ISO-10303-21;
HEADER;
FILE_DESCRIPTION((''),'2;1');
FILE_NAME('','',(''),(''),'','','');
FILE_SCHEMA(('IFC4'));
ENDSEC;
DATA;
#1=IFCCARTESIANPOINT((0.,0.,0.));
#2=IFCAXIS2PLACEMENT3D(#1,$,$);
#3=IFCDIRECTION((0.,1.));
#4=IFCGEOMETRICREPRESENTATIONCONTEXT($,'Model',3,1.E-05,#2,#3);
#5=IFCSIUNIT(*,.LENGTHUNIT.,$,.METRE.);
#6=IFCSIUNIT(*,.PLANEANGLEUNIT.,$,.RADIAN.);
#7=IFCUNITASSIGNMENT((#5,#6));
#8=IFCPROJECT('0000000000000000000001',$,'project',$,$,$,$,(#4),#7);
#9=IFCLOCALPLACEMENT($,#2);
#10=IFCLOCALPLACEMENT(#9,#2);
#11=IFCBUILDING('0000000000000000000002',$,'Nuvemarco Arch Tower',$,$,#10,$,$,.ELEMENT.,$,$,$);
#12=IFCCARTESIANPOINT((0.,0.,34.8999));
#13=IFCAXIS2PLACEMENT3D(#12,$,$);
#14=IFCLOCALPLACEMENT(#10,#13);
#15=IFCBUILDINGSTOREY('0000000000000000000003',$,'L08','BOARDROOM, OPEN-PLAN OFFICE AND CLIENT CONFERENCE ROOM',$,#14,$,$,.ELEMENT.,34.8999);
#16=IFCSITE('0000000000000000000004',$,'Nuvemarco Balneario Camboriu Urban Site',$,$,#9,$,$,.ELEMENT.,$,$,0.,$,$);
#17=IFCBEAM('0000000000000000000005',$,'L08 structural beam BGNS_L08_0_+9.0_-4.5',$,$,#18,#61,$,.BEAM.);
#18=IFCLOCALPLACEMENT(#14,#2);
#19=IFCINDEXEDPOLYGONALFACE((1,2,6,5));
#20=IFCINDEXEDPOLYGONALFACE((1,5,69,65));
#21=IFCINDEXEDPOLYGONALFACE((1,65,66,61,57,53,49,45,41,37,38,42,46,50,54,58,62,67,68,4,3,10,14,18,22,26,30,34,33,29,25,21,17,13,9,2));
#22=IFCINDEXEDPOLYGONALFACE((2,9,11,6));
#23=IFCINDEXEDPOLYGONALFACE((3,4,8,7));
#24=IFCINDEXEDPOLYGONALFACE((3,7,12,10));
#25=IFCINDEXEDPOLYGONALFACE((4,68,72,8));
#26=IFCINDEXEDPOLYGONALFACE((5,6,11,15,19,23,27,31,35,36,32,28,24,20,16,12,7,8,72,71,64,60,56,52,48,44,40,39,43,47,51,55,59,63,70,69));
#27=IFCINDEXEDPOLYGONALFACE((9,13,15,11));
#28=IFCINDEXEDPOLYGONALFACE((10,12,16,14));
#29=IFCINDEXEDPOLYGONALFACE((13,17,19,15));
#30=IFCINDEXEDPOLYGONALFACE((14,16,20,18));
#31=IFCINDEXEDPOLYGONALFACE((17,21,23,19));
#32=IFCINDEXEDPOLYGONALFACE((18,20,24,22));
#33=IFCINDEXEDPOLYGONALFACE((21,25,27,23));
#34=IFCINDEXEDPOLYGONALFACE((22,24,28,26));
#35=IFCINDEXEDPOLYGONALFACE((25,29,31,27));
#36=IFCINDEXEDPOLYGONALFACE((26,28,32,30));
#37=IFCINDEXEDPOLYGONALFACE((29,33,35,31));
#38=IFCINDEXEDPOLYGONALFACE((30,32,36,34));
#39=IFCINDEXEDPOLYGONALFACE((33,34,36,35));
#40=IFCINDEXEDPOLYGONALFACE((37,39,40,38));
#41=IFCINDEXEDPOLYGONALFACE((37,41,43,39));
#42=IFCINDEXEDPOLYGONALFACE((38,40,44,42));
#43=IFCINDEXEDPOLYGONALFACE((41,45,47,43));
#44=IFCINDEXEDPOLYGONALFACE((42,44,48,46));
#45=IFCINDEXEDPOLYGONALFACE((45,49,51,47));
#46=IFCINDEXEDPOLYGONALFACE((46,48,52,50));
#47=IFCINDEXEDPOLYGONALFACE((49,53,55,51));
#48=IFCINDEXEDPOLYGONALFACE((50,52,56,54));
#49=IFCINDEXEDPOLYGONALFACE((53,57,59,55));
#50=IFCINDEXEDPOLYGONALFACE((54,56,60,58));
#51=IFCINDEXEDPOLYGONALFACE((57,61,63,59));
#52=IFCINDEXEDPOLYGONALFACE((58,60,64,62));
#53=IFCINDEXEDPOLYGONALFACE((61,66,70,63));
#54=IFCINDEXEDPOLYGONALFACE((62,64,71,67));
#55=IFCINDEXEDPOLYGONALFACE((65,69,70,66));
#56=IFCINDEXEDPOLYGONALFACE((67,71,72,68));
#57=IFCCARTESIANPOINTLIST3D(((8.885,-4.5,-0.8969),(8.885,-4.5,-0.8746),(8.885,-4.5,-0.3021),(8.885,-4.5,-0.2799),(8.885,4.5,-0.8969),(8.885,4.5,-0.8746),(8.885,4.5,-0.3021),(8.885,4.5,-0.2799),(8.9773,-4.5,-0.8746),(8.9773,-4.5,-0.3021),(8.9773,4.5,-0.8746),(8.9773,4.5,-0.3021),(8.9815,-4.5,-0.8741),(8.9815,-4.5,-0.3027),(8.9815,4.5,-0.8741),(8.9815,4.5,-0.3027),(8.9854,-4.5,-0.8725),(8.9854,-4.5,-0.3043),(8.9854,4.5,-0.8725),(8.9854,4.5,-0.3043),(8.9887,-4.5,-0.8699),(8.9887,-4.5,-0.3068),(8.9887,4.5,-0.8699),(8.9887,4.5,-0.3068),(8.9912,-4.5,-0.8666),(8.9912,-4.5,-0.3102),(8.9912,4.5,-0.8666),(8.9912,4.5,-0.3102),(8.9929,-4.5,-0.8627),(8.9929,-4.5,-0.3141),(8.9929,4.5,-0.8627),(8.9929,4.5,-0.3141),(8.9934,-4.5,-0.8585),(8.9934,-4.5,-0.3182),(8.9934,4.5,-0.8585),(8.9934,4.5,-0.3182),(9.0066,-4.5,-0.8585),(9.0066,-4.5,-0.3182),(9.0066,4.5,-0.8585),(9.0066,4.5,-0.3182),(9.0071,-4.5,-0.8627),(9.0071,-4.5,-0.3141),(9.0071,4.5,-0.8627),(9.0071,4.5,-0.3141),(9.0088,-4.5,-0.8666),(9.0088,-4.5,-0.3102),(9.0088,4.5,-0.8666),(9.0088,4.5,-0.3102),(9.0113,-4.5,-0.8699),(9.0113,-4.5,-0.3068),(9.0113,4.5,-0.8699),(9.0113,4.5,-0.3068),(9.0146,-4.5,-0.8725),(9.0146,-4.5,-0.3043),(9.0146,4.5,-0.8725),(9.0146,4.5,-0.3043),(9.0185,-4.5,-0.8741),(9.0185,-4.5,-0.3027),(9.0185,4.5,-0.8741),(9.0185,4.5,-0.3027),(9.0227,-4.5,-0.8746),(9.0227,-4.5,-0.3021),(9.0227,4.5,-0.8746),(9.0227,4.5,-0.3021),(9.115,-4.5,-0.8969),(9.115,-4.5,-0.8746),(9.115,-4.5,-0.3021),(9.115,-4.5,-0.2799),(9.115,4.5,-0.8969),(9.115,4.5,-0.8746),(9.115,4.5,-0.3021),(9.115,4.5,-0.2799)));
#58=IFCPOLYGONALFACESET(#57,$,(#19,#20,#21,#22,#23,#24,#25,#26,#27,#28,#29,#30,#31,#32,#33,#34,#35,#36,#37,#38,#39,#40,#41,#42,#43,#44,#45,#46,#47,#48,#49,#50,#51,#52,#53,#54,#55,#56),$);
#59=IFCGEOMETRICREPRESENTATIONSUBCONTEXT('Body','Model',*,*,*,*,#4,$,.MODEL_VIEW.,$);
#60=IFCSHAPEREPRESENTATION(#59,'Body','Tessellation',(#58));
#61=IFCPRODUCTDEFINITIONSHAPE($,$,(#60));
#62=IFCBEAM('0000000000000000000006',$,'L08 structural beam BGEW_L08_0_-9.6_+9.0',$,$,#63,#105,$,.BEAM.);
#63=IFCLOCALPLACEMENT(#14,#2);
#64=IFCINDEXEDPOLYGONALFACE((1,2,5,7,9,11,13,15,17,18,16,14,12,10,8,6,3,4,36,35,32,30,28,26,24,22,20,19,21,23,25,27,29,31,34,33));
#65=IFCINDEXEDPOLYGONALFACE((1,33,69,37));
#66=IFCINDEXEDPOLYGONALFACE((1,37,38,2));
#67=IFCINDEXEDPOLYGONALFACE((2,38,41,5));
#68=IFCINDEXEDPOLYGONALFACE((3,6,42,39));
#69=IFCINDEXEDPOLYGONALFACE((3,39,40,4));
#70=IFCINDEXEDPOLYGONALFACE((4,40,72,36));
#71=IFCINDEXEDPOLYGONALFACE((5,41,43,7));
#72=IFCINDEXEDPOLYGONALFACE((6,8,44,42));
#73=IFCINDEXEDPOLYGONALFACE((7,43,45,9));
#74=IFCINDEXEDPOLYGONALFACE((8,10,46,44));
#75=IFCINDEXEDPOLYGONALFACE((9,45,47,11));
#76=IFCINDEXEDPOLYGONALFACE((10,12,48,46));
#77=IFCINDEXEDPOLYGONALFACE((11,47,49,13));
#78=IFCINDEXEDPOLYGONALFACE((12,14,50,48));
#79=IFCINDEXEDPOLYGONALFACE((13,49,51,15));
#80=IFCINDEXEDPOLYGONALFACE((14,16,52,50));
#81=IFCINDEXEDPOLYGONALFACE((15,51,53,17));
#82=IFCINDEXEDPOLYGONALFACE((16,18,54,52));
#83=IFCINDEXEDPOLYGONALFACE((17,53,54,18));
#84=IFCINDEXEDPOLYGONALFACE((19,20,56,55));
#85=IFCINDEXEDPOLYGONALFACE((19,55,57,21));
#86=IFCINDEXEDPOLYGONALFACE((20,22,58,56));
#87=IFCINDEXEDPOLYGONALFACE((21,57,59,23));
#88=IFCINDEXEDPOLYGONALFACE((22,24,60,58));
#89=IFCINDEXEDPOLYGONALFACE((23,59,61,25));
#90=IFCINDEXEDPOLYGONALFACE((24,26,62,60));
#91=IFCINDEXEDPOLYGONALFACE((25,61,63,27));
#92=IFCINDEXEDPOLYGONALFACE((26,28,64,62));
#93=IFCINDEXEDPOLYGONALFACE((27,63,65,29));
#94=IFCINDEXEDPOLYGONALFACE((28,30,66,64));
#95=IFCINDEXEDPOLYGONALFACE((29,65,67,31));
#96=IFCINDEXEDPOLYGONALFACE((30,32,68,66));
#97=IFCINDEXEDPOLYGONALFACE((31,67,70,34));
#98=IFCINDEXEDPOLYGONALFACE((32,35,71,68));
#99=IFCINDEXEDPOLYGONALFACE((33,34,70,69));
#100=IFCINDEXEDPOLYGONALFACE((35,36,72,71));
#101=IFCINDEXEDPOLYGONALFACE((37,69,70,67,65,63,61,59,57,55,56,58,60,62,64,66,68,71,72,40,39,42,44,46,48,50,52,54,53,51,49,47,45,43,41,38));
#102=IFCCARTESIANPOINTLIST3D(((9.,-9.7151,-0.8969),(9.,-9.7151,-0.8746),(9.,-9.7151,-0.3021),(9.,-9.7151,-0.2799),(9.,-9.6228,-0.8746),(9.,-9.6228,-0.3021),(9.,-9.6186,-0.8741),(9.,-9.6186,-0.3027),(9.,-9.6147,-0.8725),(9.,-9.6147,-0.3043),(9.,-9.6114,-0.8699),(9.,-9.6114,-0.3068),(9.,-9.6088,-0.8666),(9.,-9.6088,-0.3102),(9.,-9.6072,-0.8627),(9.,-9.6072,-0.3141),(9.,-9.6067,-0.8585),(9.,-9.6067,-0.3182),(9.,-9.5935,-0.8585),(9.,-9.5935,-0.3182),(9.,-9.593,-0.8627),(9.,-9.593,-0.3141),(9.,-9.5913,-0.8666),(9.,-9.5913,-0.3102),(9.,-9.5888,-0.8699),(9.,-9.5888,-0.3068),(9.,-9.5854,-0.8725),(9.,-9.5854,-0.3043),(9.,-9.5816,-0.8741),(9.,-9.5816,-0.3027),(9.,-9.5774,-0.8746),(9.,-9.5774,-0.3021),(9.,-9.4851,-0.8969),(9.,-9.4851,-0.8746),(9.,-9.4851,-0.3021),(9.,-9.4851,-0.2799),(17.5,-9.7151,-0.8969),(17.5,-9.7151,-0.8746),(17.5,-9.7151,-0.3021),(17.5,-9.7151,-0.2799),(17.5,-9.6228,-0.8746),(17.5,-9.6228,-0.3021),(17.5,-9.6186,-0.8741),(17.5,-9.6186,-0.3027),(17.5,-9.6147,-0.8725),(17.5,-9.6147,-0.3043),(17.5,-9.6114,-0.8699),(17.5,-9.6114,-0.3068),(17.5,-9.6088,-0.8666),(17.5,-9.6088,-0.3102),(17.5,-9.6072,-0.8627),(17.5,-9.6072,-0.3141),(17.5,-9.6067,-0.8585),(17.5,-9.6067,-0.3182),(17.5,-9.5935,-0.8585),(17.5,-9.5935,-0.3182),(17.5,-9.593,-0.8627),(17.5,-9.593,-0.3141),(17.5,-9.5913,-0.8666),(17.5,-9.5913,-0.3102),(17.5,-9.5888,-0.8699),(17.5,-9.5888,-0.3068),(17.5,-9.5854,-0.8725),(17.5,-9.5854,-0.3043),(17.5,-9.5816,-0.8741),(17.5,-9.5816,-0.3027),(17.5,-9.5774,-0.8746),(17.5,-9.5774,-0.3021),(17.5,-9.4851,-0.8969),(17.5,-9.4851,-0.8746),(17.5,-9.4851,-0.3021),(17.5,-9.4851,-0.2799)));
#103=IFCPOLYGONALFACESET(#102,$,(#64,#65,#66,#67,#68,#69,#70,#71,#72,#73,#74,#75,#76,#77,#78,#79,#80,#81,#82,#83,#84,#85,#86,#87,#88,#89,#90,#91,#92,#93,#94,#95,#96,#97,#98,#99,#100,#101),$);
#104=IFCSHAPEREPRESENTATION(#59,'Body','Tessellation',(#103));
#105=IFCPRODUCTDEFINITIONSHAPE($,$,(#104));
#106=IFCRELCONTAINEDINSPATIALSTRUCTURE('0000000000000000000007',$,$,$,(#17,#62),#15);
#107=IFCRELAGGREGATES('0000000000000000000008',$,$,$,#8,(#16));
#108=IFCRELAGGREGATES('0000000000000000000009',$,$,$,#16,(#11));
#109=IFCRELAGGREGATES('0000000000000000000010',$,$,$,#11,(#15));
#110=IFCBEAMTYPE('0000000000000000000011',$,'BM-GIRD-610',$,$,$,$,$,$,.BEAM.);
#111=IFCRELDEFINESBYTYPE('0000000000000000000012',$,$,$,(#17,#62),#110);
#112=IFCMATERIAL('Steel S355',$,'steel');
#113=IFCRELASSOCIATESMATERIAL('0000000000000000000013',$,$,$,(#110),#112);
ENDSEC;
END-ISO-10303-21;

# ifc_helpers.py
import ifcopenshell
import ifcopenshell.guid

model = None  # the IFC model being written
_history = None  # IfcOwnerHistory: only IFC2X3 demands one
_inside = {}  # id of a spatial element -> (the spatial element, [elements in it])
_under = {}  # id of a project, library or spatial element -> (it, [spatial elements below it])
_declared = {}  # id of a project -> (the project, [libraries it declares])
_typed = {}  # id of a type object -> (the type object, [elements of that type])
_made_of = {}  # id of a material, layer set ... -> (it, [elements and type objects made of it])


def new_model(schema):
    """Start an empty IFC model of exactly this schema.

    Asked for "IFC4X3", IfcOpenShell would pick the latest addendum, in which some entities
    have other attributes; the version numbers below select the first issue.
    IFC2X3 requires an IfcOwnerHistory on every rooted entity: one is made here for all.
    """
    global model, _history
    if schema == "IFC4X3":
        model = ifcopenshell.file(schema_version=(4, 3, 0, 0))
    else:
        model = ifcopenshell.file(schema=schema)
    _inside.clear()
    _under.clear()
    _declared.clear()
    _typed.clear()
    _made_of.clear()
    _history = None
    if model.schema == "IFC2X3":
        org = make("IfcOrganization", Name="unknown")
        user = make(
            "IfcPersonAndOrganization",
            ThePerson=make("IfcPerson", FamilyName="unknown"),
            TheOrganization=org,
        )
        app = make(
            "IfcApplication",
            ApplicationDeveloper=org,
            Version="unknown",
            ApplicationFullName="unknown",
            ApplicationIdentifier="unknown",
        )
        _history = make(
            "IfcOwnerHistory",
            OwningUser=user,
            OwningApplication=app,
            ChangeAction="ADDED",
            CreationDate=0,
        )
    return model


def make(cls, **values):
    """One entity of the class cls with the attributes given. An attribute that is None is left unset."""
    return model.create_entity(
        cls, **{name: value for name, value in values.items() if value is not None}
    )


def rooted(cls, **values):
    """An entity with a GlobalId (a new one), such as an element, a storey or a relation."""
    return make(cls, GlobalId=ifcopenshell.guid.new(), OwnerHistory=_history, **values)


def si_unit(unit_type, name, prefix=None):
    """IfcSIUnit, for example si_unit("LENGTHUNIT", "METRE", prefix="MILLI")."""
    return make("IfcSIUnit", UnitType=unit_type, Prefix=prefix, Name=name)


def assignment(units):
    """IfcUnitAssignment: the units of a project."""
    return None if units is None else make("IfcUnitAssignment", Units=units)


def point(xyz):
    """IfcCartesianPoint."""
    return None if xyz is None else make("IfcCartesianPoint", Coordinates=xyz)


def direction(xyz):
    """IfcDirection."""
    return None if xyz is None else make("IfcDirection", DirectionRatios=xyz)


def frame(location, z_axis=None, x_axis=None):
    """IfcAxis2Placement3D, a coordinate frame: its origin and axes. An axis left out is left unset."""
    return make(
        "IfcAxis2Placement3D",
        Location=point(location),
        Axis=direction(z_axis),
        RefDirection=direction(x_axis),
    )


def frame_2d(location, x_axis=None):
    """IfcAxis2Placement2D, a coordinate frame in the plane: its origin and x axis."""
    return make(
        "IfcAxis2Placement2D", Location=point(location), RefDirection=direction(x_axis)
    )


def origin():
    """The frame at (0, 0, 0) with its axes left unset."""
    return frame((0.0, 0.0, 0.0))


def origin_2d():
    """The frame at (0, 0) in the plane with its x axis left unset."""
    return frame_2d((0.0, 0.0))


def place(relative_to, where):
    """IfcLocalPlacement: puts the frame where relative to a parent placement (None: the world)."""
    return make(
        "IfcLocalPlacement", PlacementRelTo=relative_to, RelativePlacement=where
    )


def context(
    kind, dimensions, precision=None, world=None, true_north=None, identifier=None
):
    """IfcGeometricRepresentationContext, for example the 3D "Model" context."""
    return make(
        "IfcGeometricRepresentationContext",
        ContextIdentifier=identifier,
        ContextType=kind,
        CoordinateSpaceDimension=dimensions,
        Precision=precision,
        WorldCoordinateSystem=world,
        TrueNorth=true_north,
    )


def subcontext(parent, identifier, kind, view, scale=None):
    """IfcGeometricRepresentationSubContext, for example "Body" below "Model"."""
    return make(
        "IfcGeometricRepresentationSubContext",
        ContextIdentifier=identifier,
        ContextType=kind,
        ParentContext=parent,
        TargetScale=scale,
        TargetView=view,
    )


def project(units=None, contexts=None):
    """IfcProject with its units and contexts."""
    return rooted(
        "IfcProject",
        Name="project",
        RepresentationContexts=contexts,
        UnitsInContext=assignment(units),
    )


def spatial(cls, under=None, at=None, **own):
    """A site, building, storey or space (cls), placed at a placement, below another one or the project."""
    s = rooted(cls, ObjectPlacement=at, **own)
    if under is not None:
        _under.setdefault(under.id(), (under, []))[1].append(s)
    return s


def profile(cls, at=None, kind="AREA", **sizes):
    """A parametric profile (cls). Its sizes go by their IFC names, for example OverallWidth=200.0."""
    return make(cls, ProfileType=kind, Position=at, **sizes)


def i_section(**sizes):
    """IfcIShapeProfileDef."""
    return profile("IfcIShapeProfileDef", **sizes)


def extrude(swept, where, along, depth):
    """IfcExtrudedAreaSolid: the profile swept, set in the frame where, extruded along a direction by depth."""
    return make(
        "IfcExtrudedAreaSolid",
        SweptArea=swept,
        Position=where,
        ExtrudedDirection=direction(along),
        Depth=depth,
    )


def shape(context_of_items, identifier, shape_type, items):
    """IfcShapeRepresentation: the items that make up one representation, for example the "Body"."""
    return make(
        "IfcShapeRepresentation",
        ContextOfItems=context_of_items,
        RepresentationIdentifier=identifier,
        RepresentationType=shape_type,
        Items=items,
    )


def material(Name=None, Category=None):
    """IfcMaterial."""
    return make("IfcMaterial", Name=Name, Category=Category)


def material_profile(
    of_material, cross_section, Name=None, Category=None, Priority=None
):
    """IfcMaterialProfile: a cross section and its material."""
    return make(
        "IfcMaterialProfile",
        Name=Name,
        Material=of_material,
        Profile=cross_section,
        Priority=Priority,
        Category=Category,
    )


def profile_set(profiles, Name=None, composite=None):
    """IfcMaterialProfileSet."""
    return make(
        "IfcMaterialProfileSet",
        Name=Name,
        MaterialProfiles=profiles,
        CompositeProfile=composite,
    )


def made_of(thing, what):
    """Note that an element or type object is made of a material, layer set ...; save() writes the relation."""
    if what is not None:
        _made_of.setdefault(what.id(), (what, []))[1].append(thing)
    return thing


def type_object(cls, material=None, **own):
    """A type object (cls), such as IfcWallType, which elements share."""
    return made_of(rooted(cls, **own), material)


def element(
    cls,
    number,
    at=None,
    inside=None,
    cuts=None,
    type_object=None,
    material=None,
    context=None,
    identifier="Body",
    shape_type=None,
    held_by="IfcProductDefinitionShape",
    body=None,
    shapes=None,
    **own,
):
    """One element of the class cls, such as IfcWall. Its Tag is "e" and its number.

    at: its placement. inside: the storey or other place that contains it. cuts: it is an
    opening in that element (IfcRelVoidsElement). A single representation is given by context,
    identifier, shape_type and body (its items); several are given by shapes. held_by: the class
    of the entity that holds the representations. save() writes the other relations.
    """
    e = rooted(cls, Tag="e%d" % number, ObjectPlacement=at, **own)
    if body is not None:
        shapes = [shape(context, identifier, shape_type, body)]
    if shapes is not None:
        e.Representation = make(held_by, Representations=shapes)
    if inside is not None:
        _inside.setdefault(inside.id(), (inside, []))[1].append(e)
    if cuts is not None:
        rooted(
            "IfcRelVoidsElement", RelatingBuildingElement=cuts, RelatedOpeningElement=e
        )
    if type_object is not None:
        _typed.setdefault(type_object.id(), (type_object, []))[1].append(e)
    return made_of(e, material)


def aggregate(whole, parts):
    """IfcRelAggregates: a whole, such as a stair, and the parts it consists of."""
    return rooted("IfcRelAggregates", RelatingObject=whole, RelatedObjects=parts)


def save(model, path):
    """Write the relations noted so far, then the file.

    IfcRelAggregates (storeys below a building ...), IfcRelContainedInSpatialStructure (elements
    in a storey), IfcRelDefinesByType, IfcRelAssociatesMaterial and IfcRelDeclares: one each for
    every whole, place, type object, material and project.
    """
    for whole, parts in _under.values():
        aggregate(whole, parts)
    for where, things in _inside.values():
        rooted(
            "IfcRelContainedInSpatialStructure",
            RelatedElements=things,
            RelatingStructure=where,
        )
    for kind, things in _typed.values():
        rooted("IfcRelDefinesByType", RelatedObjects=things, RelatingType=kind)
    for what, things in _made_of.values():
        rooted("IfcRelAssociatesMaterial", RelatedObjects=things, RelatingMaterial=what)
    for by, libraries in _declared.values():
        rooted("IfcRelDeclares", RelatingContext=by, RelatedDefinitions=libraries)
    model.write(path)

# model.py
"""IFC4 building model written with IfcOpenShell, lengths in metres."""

from ifc_helpers import new_model, si_unit, direction, frame, origin, origin_2d, place, context, subcontext, project, spatial, i_section, extrude, material, material_profile, profile_set, type_object, element, save


model = new_model("IFC4")

# Units and contexts
model_context = context("Model", 3, precision=1e-05, world=origin(), true_north=direction((0.0, 1.0)))
body_context = subcontext(model_context, "Body", "Model", "MODEL_VIEW")
ifc_project = project(units=[si_unit("LENGTHUNIT", "METRE"), si_unit("PLANEANGLEUNIT", "RADIAN")], contexts=[model_context])

# Site, building, storey
site_placement = place(None, origin())
site = spatial("IfcSite", under=ifc_project, at=site_placement, Name="Nuvemarco Balneario Camboriu Urban Site", CompositionType="ELEMENT", RefElevation=0.0)
building_placement = place(site_placement, origin())
building = spatial("IfcBuilding", under=site, at=building_placement, Name="Nuvemarco Arch Tower", CompositionType="ELEMENT")
storey_placement = place(building_placement, frame((0.0, 0.0, 34.8999)))
storey = spatial("IfcBuildingStorey", under=building, at=storey_placement, Name="L08", Description="BOARDROOM, OPEN-PLAN OFFICE AND CLIENT CONFERENCE ROOM", CompositionType="ELEMENT", Elevation=34.8999)

# Shared definitions
ifc_material_1 = material(Name="Steel S355", Category="steel")

# Beams
ifc_material_profile_1 = material_profile(ifc_material_1, i_section(OverallWidth=0.23, OverallDepth=0.6169, WebThickness=0.0132, FlangeThickness=0.0222, FilletRadius=0.0161, at=origin_2d()), Name="W610x140")
ifc_profile_set_1 = profile_set([ifc_material_profile_1], Name="Steel S355")
beam_type_1 = type_object("IfcBeamType", Name="BM-GIRD-610", PredefinedType="BEAM", material=ifc_profile_set_1)
beam_1_placement = place(storey_placement, frame((9.0, -4.5, -0.5884), z_axis=(0.0, 1.0, 0.0), x_axis=(-1.0, 0.0, 0.0)))
element("IfcBeam", 1, at=beam_1_placement, inside=storey, type_object=beam_type_1, Name="L08 structural beam BGNS_L08_0_+9.0_-4.5", PredefinedType="BEAM", context=body_context, shape_type="SweptSolid", body=[
    extrude(i_section(OverallWidth=0.23, OverallDepth=0.6169, WebThickness=0.0132, FlangeThickness=0.0222, FilletRadius=0.0161, at=origin_2d()), origin(), (0.0, 0.0, 1.0), 9.0),
])
beam_2_placement = place(storey_placement, frame((9.0, -9.6001, -0.5884), z_axis=(1.0, 0.0, 0.0), x_axis=(0.0, 1.0, 0.0)))
element("IfcBeam", 2, at=beam_2_placement, inside=storey, type_object=beam_type_1, Name="L08 structural beam BGEW_L08_0_-9.6_+9.0", PredefinedType="BEAM", context=body_context, shape_type="SweptSolid", body=[
    extrude(i_section(OverallWidth=0.23, OverallDepth=0.6169, WebThickness=0.0132, FlangeThickness=0.0222, FilletRadius=0.0161, at=origin_2d()), origin(), (0.0, 0.0, 1.0), 8.5),
])

save(model, "model.ifc")
